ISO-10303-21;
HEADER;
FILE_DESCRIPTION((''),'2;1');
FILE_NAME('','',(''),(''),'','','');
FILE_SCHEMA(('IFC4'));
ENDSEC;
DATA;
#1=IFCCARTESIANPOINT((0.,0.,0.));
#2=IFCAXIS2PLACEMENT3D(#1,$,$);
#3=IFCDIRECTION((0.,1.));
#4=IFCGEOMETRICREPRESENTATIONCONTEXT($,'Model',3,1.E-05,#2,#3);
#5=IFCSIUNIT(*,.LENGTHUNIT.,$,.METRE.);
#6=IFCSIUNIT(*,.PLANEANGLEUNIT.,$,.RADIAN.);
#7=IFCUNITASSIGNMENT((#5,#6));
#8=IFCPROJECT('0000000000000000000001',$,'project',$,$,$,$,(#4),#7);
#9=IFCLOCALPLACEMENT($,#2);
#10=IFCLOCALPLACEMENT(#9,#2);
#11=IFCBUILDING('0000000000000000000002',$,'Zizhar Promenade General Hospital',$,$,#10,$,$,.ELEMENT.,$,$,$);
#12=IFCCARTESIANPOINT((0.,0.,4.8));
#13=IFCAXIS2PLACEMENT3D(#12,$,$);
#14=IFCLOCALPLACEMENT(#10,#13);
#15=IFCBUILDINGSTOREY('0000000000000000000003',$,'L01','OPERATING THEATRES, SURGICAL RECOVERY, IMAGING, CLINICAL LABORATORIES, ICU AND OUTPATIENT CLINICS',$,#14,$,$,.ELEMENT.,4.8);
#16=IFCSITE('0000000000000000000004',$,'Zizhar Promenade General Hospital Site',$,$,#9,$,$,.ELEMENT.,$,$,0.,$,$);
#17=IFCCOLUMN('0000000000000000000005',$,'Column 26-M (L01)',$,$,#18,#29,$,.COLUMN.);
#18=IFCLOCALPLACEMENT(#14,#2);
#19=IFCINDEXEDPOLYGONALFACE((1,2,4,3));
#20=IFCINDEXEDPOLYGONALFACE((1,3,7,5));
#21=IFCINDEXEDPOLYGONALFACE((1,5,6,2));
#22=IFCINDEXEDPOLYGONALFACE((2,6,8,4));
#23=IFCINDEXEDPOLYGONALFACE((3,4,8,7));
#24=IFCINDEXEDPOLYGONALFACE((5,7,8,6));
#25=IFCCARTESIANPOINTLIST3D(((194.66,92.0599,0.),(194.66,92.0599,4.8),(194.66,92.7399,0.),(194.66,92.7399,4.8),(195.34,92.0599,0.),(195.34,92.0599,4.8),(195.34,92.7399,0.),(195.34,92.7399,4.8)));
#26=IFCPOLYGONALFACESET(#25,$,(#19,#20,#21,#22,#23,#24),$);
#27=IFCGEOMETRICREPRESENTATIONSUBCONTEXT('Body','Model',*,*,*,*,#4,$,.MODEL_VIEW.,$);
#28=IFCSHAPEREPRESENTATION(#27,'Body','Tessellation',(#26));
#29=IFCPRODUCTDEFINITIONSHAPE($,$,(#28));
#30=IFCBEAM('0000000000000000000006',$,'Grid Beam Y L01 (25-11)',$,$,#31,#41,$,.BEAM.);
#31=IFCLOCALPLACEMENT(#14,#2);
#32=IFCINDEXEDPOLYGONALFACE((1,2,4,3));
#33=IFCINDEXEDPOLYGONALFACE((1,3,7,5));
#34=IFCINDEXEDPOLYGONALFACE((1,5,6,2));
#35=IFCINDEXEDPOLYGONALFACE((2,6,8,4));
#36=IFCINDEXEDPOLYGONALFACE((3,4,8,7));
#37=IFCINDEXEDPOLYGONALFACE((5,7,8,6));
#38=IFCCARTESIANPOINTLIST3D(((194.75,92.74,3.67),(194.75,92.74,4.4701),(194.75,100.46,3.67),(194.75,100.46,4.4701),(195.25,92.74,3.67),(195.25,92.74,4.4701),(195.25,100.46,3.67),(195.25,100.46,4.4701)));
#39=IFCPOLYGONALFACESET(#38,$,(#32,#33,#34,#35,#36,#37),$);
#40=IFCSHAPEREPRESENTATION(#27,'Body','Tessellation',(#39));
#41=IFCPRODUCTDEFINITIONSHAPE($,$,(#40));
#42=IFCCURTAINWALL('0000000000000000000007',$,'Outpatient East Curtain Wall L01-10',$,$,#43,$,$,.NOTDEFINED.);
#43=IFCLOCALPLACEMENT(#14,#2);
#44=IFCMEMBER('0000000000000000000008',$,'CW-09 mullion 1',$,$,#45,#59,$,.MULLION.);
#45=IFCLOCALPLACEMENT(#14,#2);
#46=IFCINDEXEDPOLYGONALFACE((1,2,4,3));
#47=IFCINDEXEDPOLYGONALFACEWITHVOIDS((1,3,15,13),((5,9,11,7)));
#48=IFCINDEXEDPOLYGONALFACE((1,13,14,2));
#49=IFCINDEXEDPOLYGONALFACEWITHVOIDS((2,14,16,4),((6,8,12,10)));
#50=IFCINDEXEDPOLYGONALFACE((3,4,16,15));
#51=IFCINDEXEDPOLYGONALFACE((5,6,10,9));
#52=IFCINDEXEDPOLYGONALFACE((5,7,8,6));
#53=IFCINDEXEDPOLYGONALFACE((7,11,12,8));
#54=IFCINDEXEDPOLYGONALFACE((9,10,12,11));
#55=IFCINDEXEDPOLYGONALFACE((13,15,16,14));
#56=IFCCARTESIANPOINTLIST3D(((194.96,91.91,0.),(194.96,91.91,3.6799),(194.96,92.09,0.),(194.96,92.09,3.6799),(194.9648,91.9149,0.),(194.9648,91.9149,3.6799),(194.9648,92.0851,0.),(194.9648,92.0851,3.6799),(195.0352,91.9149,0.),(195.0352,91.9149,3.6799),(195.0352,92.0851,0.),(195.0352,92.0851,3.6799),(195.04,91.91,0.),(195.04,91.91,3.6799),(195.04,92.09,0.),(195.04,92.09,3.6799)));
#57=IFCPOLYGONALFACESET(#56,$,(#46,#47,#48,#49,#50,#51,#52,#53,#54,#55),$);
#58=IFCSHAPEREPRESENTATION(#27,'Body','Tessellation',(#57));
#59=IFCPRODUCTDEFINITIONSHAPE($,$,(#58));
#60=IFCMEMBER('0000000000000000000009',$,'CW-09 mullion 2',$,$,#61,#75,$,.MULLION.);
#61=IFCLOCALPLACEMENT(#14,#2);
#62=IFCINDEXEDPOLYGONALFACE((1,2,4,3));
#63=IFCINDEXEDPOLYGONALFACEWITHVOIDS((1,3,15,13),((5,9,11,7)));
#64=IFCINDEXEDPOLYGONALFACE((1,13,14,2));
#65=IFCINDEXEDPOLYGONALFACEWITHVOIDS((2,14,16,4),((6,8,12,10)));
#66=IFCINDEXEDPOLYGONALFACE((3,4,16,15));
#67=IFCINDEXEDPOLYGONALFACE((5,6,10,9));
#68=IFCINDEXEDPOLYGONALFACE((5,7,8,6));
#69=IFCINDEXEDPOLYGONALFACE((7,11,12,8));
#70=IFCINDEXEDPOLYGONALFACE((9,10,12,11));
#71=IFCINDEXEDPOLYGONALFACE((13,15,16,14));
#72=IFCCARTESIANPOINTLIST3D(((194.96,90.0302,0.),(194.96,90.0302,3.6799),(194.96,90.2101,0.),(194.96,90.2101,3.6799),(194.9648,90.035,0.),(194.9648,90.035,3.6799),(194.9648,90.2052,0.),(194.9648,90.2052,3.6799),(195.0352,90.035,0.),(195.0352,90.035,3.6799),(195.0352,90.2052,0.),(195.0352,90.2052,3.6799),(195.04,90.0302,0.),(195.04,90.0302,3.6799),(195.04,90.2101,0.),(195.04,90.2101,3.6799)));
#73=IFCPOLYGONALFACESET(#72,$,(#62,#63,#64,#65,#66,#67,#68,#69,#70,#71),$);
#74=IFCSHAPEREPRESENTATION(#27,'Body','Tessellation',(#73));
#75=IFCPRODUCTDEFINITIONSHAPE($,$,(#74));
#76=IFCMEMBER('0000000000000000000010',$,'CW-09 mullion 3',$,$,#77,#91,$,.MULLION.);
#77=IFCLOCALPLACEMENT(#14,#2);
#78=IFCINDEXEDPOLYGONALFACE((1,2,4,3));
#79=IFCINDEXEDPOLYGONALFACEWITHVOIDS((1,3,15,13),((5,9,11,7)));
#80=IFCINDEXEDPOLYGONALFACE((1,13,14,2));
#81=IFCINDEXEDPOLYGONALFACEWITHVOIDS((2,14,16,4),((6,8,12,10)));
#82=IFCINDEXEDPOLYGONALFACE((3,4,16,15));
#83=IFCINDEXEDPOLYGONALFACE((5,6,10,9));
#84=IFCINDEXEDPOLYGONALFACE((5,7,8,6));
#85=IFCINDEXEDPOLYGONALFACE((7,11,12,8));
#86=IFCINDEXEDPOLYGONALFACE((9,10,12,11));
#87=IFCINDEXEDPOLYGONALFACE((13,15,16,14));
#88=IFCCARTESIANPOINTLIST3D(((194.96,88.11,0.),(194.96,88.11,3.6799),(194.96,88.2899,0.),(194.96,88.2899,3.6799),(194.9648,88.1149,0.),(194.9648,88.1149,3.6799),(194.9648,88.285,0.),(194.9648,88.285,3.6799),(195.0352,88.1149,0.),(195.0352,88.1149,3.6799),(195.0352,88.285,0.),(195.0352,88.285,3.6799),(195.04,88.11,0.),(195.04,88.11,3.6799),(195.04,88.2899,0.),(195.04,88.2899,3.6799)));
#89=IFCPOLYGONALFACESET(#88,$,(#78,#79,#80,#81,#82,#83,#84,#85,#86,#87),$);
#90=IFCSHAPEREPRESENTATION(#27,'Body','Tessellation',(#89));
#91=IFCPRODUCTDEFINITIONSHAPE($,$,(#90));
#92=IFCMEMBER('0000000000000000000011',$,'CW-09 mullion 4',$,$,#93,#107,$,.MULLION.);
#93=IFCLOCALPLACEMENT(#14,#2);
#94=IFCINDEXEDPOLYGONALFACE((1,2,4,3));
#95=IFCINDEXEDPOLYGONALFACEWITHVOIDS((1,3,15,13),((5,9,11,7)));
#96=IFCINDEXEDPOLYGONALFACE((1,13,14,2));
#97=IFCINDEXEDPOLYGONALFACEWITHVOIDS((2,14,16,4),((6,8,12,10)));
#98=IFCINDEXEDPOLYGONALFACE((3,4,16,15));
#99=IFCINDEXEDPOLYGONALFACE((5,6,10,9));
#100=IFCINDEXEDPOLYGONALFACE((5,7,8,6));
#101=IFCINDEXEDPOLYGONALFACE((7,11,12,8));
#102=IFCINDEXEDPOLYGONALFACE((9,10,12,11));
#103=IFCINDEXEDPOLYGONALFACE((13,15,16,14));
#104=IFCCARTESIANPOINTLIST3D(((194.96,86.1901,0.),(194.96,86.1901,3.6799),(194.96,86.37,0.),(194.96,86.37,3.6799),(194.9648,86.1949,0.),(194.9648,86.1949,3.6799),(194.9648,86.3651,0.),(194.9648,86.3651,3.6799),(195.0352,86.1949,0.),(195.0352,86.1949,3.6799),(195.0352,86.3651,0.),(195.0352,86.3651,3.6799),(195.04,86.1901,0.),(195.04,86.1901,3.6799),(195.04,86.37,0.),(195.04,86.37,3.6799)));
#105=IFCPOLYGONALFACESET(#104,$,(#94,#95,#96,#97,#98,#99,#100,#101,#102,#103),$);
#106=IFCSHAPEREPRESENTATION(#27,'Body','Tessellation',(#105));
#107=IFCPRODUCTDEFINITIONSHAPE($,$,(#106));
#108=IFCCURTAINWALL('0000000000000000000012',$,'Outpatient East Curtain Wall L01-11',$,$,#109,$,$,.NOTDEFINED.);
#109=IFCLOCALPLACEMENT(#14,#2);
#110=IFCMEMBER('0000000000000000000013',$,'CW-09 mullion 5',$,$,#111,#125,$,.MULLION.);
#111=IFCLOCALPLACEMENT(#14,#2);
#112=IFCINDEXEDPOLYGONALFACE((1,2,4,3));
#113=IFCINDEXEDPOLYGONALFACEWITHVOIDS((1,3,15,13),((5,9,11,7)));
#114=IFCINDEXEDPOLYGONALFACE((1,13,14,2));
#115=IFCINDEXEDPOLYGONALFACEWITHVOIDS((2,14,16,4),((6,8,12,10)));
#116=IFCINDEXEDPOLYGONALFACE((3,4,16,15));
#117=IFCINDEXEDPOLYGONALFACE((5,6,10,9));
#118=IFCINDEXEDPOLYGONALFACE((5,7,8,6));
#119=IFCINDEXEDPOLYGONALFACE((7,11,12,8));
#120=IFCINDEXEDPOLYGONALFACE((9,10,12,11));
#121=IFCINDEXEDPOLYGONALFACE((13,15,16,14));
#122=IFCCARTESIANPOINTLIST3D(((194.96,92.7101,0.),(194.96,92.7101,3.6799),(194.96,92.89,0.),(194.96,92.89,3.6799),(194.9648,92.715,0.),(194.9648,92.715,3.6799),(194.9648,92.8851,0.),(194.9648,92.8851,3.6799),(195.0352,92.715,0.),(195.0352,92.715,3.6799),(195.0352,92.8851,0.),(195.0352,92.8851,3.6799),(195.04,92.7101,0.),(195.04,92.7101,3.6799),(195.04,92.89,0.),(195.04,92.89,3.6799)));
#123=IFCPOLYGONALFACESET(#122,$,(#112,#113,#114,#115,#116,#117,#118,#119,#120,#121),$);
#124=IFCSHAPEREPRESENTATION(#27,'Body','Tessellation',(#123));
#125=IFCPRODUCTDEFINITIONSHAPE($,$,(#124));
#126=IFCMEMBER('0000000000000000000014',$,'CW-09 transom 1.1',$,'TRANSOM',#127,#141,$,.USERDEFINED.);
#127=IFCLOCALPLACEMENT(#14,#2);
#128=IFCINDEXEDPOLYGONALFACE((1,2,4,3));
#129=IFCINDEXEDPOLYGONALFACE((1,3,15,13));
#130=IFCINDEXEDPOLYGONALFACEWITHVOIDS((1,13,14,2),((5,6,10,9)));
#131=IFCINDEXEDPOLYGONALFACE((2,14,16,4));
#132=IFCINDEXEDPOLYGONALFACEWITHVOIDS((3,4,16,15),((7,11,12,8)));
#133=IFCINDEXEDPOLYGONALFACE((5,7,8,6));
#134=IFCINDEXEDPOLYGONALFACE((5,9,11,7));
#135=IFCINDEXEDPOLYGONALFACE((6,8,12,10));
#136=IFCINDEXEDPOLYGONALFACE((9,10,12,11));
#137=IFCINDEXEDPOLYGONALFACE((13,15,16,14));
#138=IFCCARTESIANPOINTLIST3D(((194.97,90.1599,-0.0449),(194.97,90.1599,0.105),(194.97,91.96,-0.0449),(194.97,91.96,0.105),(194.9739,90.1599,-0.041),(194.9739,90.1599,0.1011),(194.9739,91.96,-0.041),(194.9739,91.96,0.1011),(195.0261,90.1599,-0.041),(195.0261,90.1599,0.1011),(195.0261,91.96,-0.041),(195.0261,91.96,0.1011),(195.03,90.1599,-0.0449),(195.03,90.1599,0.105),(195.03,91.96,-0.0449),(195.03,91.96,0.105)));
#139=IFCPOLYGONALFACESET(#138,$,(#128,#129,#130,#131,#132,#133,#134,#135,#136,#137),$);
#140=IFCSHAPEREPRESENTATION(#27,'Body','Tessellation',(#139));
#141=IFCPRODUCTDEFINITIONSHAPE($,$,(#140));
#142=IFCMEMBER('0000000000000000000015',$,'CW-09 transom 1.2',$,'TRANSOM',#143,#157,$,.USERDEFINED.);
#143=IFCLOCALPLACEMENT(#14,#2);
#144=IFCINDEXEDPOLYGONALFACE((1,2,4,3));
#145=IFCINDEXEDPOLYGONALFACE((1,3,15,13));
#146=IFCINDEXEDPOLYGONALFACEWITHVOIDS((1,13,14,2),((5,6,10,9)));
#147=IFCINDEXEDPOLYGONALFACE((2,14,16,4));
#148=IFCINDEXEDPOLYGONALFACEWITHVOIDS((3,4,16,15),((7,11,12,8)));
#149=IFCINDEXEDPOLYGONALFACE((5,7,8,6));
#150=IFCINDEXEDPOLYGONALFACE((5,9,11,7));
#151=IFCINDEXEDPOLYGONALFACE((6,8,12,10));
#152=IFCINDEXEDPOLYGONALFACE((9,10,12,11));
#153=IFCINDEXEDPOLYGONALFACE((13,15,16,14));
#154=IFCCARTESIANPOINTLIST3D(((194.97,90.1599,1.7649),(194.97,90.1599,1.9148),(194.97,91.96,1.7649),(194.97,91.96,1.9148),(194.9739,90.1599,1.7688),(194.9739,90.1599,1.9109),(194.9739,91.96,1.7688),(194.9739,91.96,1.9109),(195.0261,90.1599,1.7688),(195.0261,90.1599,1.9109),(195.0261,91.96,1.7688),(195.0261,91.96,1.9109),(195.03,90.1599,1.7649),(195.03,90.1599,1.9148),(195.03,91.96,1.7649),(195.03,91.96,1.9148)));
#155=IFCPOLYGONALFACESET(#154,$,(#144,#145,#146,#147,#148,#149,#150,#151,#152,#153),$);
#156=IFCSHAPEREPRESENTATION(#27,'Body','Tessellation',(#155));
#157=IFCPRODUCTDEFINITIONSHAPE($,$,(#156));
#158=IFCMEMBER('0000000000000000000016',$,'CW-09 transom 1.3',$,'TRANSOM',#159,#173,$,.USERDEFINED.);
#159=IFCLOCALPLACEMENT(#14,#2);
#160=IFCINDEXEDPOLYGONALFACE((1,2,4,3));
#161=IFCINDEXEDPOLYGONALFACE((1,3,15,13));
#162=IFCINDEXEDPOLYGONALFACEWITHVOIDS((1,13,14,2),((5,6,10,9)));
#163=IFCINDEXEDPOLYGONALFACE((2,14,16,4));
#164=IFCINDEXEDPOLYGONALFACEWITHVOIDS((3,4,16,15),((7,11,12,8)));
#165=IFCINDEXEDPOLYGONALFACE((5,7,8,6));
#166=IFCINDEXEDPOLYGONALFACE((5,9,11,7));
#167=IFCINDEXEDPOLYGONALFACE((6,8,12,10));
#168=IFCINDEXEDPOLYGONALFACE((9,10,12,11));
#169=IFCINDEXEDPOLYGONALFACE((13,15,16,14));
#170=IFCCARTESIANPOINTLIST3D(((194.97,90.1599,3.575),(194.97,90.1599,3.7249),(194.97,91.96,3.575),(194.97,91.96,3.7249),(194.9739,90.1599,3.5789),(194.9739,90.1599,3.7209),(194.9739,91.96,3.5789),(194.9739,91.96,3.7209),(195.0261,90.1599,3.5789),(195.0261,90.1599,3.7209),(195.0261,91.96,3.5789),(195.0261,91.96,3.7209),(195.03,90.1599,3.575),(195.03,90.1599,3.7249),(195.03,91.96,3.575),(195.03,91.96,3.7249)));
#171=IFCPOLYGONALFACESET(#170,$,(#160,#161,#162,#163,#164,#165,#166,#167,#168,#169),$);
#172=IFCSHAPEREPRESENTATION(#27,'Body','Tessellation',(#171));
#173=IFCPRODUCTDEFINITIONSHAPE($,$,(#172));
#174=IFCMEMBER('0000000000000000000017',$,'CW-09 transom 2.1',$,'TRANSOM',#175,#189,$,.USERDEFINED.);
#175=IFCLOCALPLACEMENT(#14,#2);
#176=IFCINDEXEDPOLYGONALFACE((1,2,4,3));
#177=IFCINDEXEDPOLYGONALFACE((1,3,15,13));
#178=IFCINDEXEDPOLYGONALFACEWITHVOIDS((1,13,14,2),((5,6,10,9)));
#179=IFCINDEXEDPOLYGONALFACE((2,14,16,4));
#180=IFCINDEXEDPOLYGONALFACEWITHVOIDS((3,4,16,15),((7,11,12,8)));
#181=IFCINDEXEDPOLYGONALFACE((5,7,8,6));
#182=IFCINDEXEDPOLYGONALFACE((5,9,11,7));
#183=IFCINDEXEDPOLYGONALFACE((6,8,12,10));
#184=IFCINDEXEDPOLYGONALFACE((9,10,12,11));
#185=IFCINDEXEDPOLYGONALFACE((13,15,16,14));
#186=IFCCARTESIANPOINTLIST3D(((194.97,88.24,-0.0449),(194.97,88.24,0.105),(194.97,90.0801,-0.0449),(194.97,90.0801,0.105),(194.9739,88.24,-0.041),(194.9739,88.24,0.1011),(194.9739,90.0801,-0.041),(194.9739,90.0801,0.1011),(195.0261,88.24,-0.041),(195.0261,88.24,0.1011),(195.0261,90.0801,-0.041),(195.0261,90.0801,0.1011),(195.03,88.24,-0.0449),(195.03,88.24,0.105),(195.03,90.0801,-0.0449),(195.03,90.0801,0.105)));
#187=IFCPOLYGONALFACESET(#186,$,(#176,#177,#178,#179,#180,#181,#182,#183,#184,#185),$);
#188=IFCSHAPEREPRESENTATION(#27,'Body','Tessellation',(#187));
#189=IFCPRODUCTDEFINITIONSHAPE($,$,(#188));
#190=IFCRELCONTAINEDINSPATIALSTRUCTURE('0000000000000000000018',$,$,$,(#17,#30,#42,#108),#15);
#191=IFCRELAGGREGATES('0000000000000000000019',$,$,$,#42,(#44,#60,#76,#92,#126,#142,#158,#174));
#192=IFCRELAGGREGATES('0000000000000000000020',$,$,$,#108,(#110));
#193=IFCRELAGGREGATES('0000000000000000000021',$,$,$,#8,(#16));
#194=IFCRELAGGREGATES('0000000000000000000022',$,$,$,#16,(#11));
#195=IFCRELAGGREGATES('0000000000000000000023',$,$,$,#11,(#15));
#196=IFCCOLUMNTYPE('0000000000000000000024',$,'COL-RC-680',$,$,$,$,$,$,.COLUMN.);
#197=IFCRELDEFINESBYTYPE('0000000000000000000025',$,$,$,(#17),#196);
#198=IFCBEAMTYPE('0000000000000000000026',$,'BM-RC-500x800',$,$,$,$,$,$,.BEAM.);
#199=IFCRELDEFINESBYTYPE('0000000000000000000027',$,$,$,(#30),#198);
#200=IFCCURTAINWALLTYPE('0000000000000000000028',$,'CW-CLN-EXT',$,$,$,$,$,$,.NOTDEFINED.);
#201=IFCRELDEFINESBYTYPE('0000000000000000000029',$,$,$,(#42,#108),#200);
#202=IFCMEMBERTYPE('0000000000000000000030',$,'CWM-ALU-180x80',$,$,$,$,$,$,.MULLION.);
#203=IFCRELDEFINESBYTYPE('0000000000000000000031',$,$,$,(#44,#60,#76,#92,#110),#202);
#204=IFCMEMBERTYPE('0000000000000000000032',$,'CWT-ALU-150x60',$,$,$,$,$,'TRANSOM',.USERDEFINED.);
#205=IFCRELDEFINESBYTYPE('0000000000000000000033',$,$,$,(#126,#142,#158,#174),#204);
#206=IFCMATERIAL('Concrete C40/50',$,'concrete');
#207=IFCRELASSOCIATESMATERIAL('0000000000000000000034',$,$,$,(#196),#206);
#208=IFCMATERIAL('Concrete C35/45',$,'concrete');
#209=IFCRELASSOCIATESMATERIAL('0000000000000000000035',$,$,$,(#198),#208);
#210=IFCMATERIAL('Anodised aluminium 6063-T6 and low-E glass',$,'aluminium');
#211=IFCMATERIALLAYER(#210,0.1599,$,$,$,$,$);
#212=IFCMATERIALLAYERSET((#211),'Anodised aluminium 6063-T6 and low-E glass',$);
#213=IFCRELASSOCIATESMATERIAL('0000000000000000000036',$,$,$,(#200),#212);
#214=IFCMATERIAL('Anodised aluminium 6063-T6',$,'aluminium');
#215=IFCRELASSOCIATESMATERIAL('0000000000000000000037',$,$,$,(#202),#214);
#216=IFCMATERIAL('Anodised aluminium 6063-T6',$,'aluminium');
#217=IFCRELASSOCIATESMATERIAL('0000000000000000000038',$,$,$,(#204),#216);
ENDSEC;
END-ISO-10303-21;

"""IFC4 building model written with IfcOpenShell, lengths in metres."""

from ifc_helpers import new_model, si_unit, direction, frame, origin, origin_2d, place, context, subcontext, project, spatial, rectangle, hollow_rectangle, extrude, material, layer, layer_set, material_profile, profile_set, type_object, element, aggregate, save


model = new_model("IFC4")

# Units and contexts
model_context = context("Model", 3, precision=1e-05, world=origin(), true_north=direction((0.0, 1.0)))
body_context = subcontext(model_context, "Body", "Model", "MODEL_VIEW")
ifc_project = project(units=[si_unit("LENGTHUNIT", "METRE"), si_unit("PLANEANGLEUNIT", "RADIAN")], contexts=[model_context])

# Site, building, storey
site_placement = place(None, origin())
site = spatial("IfcSite", under=ifc_project, at=site_placement, Name="Zizhar Promenade General Hospital Site", CompositionType="ELEMENT", RefElevation=0.0)
building_placement = place(site_placement, origin())
building = spatial("IfcBuilding", under=site, at=building_placement, Name="Zizhar Promenade General Hospital", CompositionType="ELEMENT")
storey_placement = place(building_placement, frame((0.0, 0.0, 4.8)))
storey = spatial("IfcBuildingStorey", under=building, at=storey_placement, Name="L01", Description="OPERATING THEATRES, SURGICAL RECOVERY, IMAGING, CLINICAL LABORATORIES, ICU AND OUTPATIENT CLINICS", CompositionType="ELEMENT", Elevation=4.8)

# Column
ifc_material_1 = material(Name="Concrete C40/50", Category="concrete")
ifc_material_profile_1 = material_profile(ifc_material_1, rectangle(XDim=0.6799, YDim=0.6799, at=origin_2d()))
ifc_profile_set_1 = profile_set([ifc_material_profile_1], Name="Concrete C40/50")
column_type = type_object("IfcColumnType", Name="COL-RC-680", PredefinedType="COLUMN", material=ifc_profile_set_1)
column_placement = place(storey_placement, frame((195.0, 92.3999, 0.0), z_axis=(0.0, 0.0, 1.0), x_axis=(1.0, 0.0, 0.0)))
element("IfcColumn", 1, at=column_placement, inside=storey, type_object=column_type, Name="Column 26-M (L01)", PredefinedType="COLUMN", context=body_context, shape_type="SweptSolid", body=[
    extrude(rectangle(XDim=0.6799, YDim=0.6799, at=origin_2d()), origin(), (0.0, 0.0, 1.0), 4.8),
])

# Beam
ifc_material_2 = material(Name="Concrete C35/45", Category="concrete")
ifc_material_profile_2 = material_profile(ifc_material_2, rectangle(XDim=0.5, YDim=0.8, at=origin_2d()))
ifc_profile_set_2 = profile_set([ifc_material_profile_2], Name="Concrete C35/45")
beam_type = type_object("IfcBeamType", Name="BM-RC-500x800", PredefinedType="BEAM", material=ifc_profile_set_2)
beam_placement = place(storey_placement, frame((195.0, 92.74, 4.0701), z_axis=(0.0, 1.0, 0.0), x_axis=(-1.0, 0.0, 0.0)))
element("IfcBeam", 2, at=beam_placement, inside=storey, type_object=beam_type, Name="Grid Beam Y L01 (25-11)", PredefinedType="BEAM", context=body_context, shape_type="SweptSolid", body=[
    extrude(rectangle(XDim=0.5, YDim=0.8, at=origin_2d()), origin(), (0.0, 0.0, 1.0), 7.72),
])

# Curtain wall, members
ifc_material_3 = material(Name="Anodised aluminium 6063-T6 and low-E glass", Category="aluminium")
ifc_layer_1 = layer(ifc_material_3, 0.1599)
ifc_layer_set_1 = layer_set([ifc_layer_1], Name="Anodised aluminium 6063-T6 and low-E glass")
curtain_wall_type = type_object("IfcCurtainWallType", Name="CW-CLN-EXT", PredefinedType="NOTDEFINED", material=ifc_layer_set_1)
curtain_wall_1_placement = place(storey_placement, origin())
curtain_wall_1 = element("IfcCurtainWall", 3, at=curtain_wall_1_placement, inside=storey, type_object=curtain_wall_type, Name="Outpatient East Curtain Wall L01-10", PredefinedType="NOTDEFINED")
ifc_material_4 = material(Name="Anodised aluminium 6063-T6", Category="aluminium")
ifc_material_profile_3 = material_profile(ifc_material_4, hollow_rectangle(XDim=0.0801, YDim=0.1799, WallThickness=0.0049, at=origin_2d()))
ifc_profile_set_3 = profile_set([ifc_material_profile_3], Name="Anodised aluminium 6063-T6")
member_type_1 = type_object("IfcMemberType", Name="CWM-ALU-180x80", PredefinedType="MULLION", material=ifc_profile_set_3)
member_1_placement = place(storey_placement, frame((195.0, 92.0, 0.0), z_axis=(0.0, 0.0, 1.0), x_axis=(1.0, 0.0, 0.0)))
member_1 = element("IfcMember", 4, at=member_1_placement, type_object=member_type_1, Name="CW-09 mullion 1", PredefinedType="MULLION", context=body_context, shape_type="SweptSolid", body=[
    extrude(hollow_rectangle(XDim=0.0801, YDim=0.1799, WallThickness=0.0049, at=origin_2d()), origin(), (0.0, 0.0, 1.0), 3.6799),
])
member_2_placement = place(storey_placement, frame((195.0, 90.1201, 0.0), z_axis=(0.0, 0.0, 1.0), x_axis=(1.0, 0.0, 0.0)))
member_2 = element("IfcMember", 5, at=member_2_placement, type_object=member_type_1, Name="CW-09 mullion 2", PredefinedType="MULLION", context=body_context, shape_type="SweptSolid", body=[
    extrude(hollow_rectangle(XDim=0.0801, YDim=0.1799, WallThickness=0.0049, at=origin_2d()), origin(), (0.0, 0.0, 1.0), 3.6799),
])
member_3_placement = place(storey_placement, frame((195.0, 88.2, 0.0), z_axis=(0.0, 0.0, 1.0), x_axis=(1.0, 0.0, 0.0)))
member_3 = element("IfcMember", 6, at=member_3_placement, type_object=member_type_1, Name="CW-09 mullion 3", PredefinedType="MULLION", context=body_context, shape_type="SweptSolid", body=[
    extrude(hollow_rectangle(XDim=0.0801, YDim=0.1799, WallThickness=0.0049, at=origin_2d()), origin(), (0.0, 0.0, 1.0), 3.6799),
])
member_4_placement = place(storey_placement, frame((195.0, 86.28, 0.0), z_axis=(0.0, 0.0, 1.0), x_axis=(1.0, 0.0, 0.0)))
member_4 = element("IfcMember", 7, at=member_4_placement, type_object=member_type_1, Name="CW-09 mullion 4", PredefinedType="MULLION", context=body_context, shape_type="SweptSolid", body=[
    extrude(hollow_rectangle(XDim=0.0801, YDim=0.1799, WallThickness=0.0049, at=origin_2d()), origin(), (0.0, 0.0, 1.0), 3.6799),
])

# Curtain wall, member
curtain_wall_2_placement = place(storey_placement, origin())
curtain_wall_2 = element("IfcCurtainWall", 8, at=curtain_wall_2_placement, inside=storey, type_object=curtain_wall_type, Name="Outpatient East Curtain Wall L01-11", PredefinedType="NOTDEFINED")
member_5_placement = place(storey_placement, frame((195.0, 92.8, 0.0), z_axis=(0.0, 0.0, 1.0), x_axis=(1.0, 0.0, 0.0)))
member_5 = element("IfcMember", 9, at=member_5_placement, type_object=member_type_1, Name="CW-09 mullion 5", PredefinedType="MULLION", context=body_context, shape_type="SweptSolid", body=[
    extrude(hollow_rectangle(XDim=0.0801, YDim=0.1799, WallThickness=0.0049, at=origin_2d()), origin(), (0.0, 0.0, 1.0), 3.6799),
])

# Members
ifc_material_5 = material(Name="Anodised aluminium 6063-T6", Category="aluminium")
ifc_material_profile_4 = material_profile(ifc_material_5, hollow_rectangle(XDim=0.0601, YDim=0.1499, WallThickness=0.0039, at=origin_2d()))
ifc_profile_set_4 = profile_set([ifc_material_profile_4], Name="Anodised aluminium 6063-T6")
member_type_2 = type_object("IfcMemberType", Name="CWT-ALU-150x60", ElementType="TRANSOM", PredefinedType="USERDEFINED", material=ifc_profile_set_4)
member_6_placement = place(storey_placement, frame((195.0, 91.96, 0.03), z_axis=(0.0, -1.0, 0.0), x_axis=(1.0, 0.0, 0.0)))
member_6 = element("IfcMember", 10, at=member_6_placement, type_object=member_type_2, Name="CW-09 transom 1.1", ObjectType="TRANSOM", PredefinedType="USERDEFINED", context=body_context, shape_type="SweptSolid", body=[
    extrude(hollow_rectangle(XDim=0.0601, YDim=0.1499, WallThickness=0.0039, at=origin_2d()), origin(), (0.0, 0.0, 1.0), 1.8),
])
member_7_placement = place(storey_placement, frame((195.0, 91.96, 1.8398), z_axis=(0.0, -1.0, 0.0), x_axis=(1.0, 0.0, 0.0)))
member_7 = element("IfcMember", 11, at=member_7_placement, type_object=member_type_2, Name="CW-09 transom 1.2", ObjectType="TRANSOM", PredefinedType="USERDEFINED", context=body_context, shape_type="SweptSolid", body=[
    extrude(hollow_rectangle(XDim=0.0601, YDim=0.1499, WallThickness=0.0039, at=origin_2d()), origin(), (0.0, 0.0, 1.0), 1.8),
])
member_8_placement = place(storey_placement, frame((195.0, 91.96, 3.6499), z_axis=(0.0, -1.0, 0.0), x_axis=(1.0, 0.0, 0.0)))
member_8 = element("IfcMember", 12, at=member_8_placement, type_object=member_type_2, Name="CW-09 transom 1.3", ObjectType="TRANSOM", PredefinedType="USERDEFINED", context=body_context, shape_type="SweptSolid", body=[
    extrude(hollow_rectangle(XDim=0.0601, YDim=0.1499, WallThickness=0.0039, at=origin_2d()), origin(), (0.0, 0.0, 1.0), 1.8),
])
member_9_placement = place(storey_placement, frame((195.0, 90.0801, 0.03), z_axis=(0.0, -1.0, 0.0), x_axis=(1.0, 0.0, 0.0)))
member_9 = element("IfcMember", 13, at=member_9_placement, type_object=member_type_2, Name="CW-09 transom 2.1", ObjectType="TRANSOM", PredefinedType="USERDEFINED", context=body_context, shape_type="SweptSolid", body=[
    extrude(hollow_rectangle(XDim=0.0601, YDim=0.1499, WallThickness=0.0039, at=origin_2d()), origin(), (0.0, 0.0, 1.0), 1.8401),
])

aggregate(curtain_wall_1, [member_1, member_2, member_3, member_4, member_6, member_7, member_8, member_9])
aggregate(curtain_wall_2, [member_5])

save(model, "model.ifc")
